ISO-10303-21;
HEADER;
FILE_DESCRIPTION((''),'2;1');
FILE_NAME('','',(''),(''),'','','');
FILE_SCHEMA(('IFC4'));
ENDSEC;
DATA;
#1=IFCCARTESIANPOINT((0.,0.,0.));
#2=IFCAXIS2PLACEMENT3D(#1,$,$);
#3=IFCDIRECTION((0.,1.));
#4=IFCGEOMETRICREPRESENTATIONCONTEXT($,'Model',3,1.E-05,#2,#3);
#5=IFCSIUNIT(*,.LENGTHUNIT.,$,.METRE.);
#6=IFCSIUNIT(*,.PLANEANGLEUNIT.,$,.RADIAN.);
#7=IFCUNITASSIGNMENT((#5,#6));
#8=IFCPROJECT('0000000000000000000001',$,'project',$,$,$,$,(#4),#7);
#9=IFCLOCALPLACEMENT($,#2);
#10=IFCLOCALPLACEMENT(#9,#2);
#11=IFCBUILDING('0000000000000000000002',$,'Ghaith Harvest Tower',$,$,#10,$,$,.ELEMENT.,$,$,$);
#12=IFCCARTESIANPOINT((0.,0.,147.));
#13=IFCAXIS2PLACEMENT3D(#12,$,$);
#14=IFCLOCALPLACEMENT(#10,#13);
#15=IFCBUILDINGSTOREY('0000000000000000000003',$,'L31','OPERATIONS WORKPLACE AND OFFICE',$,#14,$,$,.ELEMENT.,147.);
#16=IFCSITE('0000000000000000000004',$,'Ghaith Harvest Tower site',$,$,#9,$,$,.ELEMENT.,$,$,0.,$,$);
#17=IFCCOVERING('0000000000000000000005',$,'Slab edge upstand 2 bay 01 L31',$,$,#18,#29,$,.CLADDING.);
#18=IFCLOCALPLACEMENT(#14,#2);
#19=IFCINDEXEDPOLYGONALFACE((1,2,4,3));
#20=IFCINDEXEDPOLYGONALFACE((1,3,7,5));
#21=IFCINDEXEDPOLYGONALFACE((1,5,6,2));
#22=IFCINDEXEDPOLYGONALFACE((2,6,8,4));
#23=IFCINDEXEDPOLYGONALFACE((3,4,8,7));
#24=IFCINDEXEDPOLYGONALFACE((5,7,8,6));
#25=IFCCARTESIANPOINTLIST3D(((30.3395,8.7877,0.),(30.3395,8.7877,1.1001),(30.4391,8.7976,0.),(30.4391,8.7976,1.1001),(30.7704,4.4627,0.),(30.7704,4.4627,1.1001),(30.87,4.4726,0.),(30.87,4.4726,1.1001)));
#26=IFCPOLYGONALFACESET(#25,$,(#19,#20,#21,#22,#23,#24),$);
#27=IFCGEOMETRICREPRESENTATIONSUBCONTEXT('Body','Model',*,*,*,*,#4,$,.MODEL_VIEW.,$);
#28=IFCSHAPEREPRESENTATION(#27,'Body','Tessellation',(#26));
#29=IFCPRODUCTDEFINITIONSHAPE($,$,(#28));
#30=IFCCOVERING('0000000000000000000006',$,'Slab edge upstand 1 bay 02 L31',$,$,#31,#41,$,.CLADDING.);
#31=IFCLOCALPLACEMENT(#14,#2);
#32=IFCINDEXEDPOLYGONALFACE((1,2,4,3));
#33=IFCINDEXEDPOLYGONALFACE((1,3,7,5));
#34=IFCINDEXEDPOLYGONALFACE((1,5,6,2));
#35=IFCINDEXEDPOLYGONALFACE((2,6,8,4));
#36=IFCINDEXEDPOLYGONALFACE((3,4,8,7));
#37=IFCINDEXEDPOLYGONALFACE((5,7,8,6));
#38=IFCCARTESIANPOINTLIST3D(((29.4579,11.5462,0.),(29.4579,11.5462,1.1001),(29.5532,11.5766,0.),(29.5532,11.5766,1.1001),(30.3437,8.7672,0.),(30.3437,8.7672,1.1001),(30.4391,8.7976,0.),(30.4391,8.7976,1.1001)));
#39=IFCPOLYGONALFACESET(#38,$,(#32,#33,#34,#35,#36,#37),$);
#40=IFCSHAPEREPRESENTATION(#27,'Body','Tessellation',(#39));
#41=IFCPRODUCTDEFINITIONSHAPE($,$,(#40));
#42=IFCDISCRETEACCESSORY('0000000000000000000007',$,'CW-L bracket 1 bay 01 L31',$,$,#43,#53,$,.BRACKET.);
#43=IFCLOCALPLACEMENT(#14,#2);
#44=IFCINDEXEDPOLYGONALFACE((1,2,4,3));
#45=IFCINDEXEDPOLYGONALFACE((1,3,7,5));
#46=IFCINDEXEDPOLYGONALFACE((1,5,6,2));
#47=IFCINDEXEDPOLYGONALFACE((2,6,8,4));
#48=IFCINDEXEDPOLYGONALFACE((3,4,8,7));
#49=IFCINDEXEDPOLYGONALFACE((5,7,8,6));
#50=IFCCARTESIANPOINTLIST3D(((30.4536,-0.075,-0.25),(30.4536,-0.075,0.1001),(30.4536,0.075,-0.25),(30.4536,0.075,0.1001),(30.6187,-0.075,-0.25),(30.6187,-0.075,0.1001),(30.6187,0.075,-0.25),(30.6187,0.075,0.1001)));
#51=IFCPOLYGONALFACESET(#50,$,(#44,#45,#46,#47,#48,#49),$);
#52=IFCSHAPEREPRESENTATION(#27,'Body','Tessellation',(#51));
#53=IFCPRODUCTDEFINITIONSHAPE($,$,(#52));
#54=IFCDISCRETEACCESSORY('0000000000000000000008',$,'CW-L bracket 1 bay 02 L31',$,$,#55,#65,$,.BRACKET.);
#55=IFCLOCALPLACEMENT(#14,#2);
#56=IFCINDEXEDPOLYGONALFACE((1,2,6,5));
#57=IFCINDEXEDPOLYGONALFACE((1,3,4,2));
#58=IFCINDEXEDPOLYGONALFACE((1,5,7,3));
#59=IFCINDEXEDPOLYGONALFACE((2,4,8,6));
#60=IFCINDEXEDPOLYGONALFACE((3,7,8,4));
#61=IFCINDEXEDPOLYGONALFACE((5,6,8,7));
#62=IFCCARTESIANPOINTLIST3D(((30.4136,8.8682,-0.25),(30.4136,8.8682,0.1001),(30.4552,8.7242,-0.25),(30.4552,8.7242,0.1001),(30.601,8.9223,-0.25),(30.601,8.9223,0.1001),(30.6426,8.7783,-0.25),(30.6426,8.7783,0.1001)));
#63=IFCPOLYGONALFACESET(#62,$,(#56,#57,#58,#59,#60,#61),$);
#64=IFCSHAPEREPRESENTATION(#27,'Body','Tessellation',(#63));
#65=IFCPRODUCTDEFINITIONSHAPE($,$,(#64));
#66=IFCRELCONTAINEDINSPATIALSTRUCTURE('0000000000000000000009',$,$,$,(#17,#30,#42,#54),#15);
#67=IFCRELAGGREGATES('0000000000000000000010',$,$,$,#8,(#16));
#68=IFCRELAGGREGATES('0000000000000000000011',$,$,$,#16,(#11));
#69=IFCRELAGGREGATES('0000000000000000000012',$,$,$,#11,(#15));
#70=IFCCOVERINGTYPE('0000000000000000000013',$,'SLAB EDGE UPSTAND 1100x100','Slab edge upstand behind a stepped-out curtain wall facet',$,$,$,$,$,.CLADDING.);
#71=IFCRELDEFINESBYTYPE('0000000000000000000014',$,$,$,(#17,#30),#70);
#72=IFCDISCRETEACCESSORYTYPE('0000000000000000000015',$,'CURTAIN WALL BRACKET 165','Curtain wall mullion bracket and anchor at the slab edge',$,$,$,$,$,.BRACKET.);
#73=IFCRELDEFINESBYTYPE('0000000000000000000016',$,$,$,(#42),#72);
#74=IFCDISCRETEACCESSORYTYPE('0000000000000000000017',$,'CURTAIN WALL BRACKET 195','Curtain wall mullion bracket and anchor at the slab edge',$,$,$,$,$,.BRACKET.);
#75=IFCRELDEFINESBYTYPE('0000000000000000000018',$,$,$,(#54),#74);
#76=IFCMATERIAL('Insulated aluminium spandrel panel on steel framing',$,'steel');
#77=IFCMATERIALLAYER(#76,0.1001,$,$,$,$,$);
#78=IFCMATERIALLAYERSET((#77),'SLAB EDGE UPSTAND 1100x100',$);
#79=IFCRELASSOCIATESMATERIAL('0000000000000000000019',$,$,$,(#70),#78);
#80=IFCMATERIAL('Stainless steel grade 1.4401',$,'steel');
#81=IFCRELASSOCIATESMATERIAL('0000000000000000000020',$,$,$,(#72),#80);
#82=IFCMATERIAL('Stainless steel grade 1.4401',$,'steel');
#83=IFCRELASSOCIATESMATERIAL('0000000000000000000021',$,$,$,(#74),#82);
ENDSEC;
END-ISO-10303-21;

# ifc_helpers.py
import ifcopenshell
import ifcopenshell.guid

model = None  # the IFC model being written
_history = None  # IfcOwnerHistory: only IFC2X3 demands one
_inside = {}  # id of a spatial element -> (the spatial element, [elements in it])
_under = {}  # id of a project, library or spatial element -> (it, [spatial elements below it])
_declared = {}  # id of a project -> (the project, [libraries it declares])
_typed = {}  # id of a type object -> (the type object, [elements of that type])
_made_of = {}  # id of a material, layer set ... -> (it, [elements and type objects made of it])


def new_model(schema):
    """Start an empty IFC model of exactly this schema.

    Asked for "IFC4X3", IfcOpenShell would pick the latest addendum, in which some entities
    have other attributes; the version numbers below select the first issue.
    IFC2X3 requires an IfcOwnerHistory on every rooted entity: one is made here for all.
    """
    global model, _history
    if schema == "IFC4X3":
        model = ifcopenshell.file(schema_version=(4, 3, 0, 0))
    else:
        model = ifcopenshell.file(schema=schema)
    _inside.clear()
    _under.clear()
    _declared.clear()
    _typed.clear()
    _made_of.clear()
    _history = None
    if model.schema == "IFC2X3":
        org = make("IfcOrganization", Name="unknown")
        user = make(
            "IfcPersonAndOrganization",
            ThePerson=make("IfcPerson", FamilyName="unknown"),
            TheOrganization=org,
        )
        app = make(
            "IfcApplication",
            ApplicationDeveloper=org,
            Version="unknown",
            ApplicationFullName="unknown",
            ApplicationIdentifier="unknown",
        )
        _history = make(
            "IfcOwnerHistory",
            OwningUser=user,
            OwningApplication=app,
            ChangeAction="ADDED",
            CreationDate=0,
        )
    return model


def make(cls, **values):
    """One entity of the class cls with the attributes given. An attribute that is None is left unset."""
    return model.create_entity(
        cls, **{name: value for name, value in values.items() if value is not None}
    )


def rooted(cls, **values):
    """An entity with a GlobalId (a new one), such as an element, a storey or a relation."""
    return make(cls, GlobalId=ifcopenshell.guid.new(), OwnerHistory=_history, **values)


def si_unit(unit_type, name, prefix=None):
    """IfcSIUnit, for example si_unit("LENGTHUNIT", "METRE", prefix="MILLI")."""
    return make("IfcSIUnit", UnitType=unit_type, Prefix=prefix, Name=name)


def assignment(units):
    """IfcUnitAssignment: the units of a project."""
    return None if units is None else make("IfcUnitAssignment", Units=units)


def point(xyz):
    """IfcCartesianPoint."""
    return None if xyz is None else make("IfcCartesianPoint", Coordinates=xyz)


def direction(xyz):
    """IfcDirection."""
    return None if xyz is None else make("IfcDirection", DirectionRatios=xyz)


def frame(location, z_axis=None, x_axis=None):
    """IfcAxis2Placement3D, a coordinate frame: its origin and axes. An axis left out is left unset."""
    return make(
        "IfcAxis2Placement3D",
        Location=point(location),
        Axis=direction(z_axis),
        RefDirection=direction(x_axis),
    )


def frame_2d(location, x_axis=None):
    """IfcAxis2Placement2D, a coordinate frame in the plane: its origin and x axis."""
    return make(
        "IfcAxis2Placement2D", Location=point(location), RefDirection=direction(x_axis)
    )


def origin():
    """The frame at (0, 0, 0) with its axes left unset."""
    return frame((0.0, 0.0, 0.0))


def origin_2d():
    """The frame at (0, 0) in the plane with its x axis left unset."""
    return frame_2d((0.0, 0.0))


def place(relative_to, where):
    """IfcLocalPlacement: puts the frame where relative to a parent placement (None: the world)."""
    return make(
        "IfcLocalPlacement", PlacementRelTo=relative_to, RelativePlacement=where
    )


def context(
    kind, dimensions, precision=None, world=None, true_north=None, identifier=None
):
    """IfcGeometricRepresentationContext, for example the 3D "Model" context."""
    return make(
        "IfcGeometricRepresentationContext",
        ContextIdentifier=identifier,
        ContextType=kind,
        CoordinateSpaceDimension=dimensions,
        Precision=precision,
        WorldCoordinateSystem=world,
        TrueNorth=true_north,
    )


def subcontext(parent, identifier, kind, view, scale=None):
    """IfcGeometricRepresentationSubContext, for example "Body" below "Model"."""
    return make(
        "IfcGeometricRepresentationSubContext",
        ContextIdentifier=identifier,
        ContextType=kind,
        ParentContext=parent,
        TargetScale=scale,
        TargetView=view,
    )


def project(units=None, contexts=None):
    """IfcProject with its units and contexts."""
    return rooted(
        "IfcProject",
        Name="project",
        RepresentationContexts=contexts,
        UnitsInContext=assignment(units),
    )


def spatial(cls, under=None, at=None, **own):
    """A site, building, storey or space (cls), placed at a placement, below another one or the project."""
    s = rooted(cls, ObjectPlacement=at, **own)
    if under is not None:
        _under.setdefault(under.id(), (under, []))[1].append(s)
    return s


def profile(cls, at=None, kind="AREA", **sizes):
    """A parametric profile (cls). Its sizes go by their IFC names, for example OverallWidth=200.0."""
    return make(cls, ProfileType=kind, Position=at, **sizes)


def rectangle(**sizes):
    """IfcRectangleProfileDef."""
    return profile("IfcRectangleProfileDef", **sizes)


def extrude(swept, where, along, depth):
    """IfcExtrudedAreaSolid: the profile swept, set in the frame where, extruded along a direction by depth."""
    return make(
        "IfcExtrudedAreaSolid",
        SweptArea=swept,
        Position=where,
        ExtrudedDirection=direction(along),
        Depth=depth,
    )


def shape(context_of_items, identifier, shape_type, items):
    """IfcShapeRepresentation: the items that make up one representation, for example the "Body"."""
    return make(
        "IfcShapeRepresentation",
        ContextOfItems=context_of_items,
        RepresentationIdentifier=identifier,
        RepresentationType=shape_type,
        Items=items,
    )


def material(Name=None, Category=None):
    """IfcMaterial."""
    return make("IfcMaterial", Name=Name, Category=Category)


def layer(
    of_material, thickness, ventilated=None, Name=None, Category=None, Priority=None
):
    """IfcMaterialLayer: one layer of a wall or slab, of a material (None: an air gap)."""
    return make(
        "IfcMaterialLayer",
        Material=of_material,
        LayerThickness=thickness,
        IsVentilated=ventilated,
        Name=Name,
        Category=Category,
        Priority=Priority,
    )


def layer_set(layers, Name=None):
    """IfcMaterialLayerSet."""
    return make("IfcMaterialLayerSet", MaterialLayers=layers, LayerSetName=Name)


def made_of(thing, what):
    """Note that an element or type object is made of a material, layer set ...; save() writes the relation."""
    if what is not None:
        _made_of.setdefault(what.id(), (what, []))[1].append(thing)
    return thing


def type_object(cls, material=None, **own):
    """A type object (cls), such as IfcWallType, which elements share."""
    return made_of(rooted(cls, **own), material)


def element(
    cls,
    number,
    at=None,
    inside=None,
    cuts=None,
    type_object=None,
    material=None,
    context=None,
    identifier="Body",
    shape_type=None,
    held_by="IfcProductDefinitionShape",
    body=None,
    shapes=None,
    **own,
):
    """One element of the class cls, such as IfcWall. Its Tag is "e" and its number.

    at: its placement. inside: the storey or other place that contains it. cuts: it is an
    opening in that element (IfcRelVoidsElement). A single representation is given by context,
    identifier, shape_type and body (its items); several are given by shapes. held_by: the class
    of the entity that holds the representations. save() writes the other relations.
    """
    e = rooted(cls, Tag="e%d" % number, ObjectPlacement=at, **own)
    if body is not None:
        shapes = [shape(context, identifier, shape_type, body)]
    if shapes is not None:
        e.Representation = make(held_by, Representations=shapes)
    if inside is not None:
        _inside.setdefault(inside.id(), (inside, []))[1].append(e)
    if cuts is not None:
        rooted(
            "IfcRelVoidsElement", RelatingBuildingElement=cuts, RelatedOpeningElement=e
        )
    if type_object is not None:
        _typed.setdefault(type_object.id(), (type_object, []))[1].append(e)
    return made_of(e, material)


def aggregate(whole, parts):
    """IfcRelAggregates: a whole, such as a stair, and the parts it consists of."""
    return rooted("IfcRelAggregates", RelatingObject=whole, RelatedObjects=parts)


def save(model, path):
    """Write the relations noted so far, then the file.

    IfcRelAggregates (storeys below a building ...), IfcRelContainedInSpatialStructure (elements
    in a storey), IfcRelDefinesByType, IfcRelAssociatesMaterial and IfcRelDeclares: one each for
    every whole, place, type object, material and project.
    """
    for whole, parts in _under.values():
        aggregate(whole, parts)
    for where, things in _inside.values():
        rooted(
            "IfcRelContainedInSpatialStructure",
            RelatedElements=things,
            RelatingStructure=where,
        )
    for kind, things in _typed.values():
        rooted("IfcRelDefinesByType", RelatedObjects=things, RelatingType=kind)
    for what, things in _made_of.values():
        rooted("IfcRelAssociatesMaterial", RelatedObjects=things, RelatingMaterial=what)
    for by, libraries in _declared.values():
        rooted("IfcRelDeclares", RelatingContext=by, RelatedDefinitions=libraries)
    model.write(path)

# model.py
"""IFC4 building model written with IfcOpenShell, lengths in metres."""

from ifc_helpers import new_model, si_unit, direction, frame, origin, origin_2d, place, context, subcontext, project, spatial, rectangle, extrude, material, layer, layer_set, type_object, element, save


model = new_model("IFC4")

# Units and contexts
model_context = context("Model", 3, precision=1e-05, world=origin(), true_north=direction((0.0, 1.0)))
body_context = subcontext(model_context, "Body", "Model", "MODEL_VIEW")
ifc_project = project(units=[si_unit("LENGTHUNIT", "METRE"), si_unit("PLANEANGLEUNIT", "RADIAN")], contexts=[model_context])

# Site, building, storey
site_placement = place(None, origin())
site = spatial("IfcSite", under=ifc_project, at=site_placement, Name="Ghaith Harvest Tower site", CompositionType="ELEMENT", RefElevation=0.0)
building_placement = place(site_placement, origin())
building = spatial("IfcBuilding", under=site, at=building_placement, Name="Ghaith Harvest Tower", CompositionType="ELEMENT")
storey_placement = place(building_placement, frame((0.0, 0.0, 147.0)))
storey = spatial("IfcBuildingStorey", under=building, at=storey_placement, Name="L31", Description="OPERATIONS WORKPLACE AND OFFICE", CompositionType="ELEMENT", Elevation=147.0)

# Coverings
ifc_material_1 = material(Name="Insulated aluminium spandrel panel on steel framing", Category="steel")
ifc_layer_1 = layer(ifc_material_1, 0.1001)
ifc_layer_set_1 = layer_set([ifc_layer_1], Name="SLAB EDGE UPSTAND 1100x100")
covering_type = type_object("IfcCoveringType", Name="SLAB EDGE UPSTAND 1100x100", Description="Slab edge upstand behind a stepped-out curtain wall facet", PredefinedType="CLADDING", material=ifc_layer_set_1)
covering_1_placement = place(storey_placement, frame((30.6047, 6.6301, 0.0), z_axis=(0.0, 0.0, 1.0), x_axis=(-0.099132, 0.995074, 0.0)))
element("IfcCovering", 1, at=covering_1_placement, inside=storey, type_object=covering_type, Name="Slab edge upstand 2 bay 01 L31", PredefinedType="CLADDING", context=body_context, shape_type="SweptSolid", body=[
    extrude(rectangle(XDim=4.3464, YDim=0.1001, at=origin_2d()), origin(), (0.0, 0.0, 1.0), 1.1001),
])
covering_2_placement = place(storey_placement, frame((29.9485, 10.1719, 0.0), z_axis=(0.0, 0.0, 1.0), x_axis=(-0.303717, 0.952762, 0.0)))
element("IfcCovering", 2, at=covering_2_placement, inside=storey, type_object=covering_type, Name="Slab edge upstand 1 bay 02 L31", PredefinedType="CLADDING", context=body_context, shape_type="SweptSolid", body=[
    extrude(rectangle(XDim=2.9167, YDim=0.1001, at=origin_2d()), origin(), (0.0, 0.0, 1.0), 1.1001),
])

# Discrete accessories
ifc_material_2 = material(Name="Stainless steel grade 1.4401", Category="steel")
discrete_accessory_type_1 = type_object("IfcDiscreteAccessoryType", Name="CURTAIN WALL BRACKET 165", Description="Curtain wall mullion bracket and anchor at the slab edge", PredefinedType="BRACKET", material=ifc_material_2)
discrete_accessory_1_placement = place(storey_placement, frame((30.5361, 0.0, -0.25), z_axis=(0.0, 0.0, 1.0), x_axis=(1.0, 0.0, 0.0)))
element("IfcDiscreteAccessory", 3, at=discrete_accessory_1_placement, inside=storey, type_object=discrete_accessory_type_1, Name="CW-L bracket 1 bay 01 L31", PredefinedType="BRACKET", context=body_context, shape_type="SweptSolid", body=[
    extrude(rectangle(XDim=0.165, YDim=0.1499, at=origin_2d()), origin(), (0.0, 0.0, 1.0), 0.3501),
])
ifc_material_3 = material(Name="Stainless steel grade 1.4401", Category="steel")
discrete_accessory_type_2 = type_object("IfcDiscreteAccessoryType", Name="CURTAIN WALL BRACKET 195", Description="Curtain wall mullion bracket and anchor at the slab edge", PredefinedType="BRACKET", material=ifc_material_3)
discrete_accessory_2_placement = place(storey_placement, frame((30.5281, 8.8232, -0.25), z_axis=(0.0, 0.0, 1.0), x_axis=(0.96068, 0.277657, 0.0)))
element("IfcDiscreteAccessory", 4, at=discrete_accessory_2_placement, inside=storey, type_object=discrete_accessory_type_2, Name="CW-L bracket 1 bay 02 L31", PredefinedType="BRACKET", context=body_context, shape_type="SweptSolid", body=[
    extrude(rectangle(XDim=0.1951, YDim=0.1499, at=origin_2d()), origin(), (0.0, 0.0, 1.0), 0.3501),
])

save(model, "model.ifc")
